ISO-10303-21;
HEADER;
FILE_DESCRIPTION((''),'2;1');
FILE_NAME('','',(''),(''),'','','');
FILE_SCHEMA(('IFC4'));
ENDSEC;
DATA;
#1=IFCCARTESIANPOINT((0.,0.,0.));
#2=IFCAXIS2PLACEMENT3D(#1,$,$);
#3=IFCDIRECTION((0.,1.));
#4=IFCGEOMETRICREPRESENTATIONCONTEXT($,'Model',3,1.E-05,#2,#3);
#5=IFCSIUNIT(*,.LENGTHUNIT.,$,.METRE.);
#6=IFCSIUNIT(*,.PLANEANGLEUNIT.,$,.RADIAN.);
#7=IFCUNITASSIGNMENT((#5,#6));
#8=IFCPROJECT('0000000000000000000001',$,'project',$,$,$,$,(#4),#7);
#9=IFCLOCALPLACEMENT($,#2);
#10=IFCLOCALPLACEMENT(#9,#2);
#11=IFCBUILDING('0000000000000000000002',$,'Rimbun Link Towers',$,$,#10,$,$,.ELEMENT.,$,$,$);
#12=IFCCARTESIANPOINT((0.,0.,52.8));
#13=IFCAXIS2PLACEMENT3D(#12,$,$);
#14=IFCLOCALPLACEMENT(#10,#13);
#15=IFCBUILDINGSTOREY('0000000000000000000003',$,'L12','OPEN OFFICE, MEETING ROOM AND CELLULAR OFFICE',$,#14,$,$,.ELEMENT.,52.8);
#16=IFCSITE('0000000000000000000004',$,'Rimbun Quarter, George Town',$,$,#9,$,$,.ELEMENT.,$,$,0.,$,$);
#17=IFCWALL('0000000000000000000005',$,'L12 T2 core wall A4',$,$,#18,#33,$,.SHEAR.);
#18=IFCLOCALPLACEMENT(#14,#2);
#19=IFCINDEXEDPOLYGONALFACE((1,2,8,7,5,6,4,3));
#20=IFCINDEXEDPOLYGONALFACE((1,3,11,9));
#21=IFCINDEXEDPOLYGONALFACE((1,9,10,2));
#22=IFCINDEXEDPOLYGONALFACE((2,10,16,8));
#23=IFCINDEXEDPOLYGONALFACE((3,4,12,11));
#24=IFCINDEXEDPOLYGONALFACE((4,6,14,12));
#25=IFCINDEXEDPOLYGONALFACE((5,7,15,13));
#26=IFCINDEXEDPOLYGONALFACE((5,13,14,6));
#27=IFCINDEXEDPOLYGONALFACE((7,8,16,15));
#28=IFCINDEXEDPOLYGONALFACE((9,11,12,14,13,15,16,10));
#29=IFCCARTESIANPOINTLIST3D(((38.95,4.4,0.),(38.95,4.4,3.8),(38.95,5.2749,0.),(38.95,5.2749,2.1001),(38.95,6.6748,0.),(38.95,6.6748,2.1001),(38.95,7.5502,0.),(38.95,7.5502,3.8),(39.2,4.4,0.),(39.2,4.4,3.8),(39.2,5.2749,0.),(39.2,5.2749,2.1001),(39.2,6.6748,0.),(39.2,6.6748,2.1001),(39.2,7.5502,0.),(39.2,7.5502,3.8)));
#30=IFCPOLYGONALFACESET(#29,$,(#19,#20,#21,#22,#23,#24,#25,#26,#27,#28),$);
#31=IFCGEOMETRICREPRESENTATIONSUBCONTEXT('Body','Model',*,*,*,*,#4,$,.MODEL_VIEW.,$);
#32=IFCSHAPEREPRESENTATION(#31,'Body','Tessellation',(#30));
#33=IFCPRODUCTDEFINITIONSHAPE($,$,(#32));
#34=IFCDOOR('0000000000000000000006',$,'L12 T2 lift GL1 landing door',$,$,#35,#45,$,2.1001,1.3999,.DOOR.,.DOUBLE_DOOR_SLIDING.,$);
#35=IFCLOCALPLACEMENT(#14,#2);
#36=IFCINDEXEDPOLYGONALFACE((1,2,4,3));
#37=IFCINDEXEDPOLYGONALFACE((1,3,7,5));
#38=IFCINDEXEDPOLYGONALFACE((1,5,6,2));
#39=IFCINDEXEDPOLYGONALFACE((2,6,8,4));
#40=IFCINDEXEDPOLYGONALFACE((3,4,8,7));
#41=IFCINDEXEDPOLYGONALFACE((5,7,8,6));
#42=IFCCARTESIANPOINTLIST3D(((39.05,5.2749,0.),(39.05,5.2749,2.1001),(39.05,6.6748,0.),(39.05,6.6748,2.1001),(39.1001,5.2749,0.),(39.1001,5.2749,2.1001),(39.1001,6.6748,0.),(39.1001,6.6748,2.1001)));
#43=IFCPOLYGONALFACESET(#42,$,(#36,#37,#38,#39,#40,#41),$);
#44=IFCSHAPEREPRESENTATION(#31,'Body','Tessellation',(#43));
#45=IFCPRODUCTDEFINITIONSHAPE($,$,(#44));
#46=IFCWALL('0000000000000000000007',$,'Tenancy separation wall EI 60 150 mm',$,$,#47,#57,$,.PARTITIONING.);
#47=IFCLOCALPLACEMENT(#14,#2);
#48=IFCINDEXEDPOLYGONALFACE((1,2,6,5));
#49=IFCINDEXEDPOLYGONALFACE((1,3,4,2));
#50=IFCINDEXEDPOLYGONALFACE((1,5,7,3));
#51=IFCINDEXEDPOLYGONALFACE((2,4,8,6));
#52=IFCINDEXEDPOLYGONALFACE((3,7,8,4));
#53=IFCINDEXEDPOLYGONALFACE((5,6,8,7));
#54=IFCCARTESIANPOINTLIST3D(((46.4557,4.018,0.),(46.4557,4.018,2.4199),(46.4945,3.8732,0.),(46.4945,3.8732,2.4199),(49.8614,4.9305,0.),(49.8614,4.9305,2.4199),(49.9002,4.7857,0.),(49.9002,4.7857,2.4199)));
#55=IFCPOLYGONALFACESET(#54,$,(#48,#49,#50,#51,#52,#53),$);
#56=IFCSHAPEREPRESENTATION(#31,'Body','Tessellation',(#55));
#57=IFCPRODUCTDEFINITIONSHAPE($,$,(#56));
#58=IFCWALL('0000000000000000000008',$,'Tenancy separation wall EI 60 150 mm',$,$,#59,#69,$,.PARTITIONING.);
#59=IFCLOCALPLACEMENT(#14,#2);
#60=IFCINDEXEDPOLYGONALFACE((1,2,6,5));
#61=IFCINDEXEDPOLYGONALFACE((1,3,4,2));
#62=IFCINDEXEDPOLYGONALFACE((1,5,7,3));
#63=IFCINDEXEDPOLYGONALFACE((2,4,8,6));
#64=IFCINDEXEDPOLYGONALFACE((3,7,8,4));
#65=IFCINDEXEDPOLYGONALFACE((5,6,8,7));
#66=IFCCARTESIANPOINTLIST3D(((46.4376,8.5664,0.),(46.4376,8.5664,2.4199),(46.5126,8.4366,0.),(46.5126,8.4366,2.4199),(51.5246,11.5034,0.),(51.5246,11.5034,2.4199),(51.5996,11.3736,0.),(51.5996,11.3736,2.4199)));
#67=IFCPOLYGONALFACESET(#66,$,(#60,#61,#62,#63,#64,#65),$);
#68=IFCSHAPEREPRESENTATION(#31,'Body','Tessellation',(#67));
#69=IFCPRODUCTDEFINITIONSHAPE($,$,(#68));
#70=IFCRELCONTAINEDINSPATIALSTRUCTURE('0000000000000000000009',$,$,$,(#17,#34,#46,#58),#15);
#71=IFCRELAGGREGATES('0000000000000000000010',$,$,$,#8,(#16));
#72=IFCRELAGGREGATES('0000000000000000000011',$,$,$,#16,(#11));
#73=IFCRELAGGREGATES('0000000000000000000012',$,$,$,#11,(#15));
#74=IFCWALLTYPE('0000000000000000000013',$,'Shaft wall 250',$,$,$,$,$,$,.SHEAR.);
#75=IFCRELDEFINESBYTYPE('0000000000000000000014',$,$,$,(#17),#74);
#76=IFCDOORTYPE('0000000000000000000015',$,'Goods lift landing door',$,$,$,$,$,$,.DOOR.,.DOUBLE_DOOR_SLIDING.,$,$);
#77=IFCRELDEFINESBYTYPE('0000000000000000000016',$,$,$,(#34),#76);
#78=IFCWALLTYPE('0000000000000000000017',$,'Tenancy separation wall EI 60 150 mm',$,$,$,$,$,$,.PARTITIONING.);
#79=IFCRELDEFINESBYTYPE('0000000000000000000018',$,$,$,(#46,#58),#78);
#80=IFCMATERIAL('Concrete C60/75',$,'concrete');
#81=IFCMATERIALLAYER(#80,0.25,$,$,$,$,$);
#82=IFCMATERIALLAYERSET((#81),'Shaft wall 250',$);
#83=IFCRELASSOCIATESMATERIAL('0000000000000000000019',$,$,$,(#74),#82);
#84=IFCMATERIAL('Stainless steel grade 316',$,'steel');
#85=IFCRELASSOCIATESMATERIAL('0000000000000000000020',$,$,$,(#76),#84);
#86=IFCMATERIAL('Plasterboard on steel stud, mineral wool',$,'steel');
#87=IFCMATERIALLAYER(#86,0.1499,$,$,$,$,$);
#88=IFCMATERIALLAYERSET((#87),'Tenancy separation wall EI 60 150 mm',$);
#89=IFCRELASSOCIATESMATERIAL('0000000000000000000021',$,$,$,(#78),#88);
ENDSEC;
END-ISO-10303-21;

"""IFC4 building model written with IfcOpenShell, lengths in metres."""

from ifc_helpers import new_model, si_unit, direction, frame, frame_2d, origin, place, context, subcontext, project, spatial, rectangle, extrude, material, layer, layer_set, type_object, element, fill, save


model = new_model("IFC4")

# Units and contexts
model_context = context("Model", 3, precision=1e-05, world=origin(), true_north=direction((0.0, 1.0)))
body_context = subcontext(model_context, "Body", "Model", "MODEL_VIEW")
ifc_project = project(units=[si_unit("LENGTHUNIT", "METRE"), si_unit("PLANEANGLEUNIT", "RADIAN")], contexts=[model_context])

# Site, building, storey
site_placement = place(None, origin())
site = spatial("IfcSite", under=ifc_project, at=site_placement, Name="Rimbun Quarter, George Town", CompositionType="ELEMENT", RefElevation=0.0)
building_placement = place(site_placement, origin())
building = spatial("IfcBuilding", under=site, at=building_placement, Name="Rimbun Link Towers", CompositionType="ELEMENT")
storey_placement = place(building_placement, frame((0.0, 0.0, 52.8)))
storey = spatial("IfcBuildingStorey", under=building, at=storey_placement, Name="L12", Description="OPEN OFFICE, MEETING ROOM AND CELLULAR OFFICE", CompositionType="ELEMENT", Elevation=52.8)

# Shared definitions
ifc_material_1 = material(Name="Concrete C60/75", Category="concrete")
ifc_layer_1 = layer(ifc_material_1, 0.25)
ifc_layer_set_1 = layer_set([ifc_layer_1], Name="Shaft wall 250")
wall_type_1 = type_object("IfcWallType", Name="Shaft wall 250", PredefinedType="SHEAR", material=ifc_layer_set_1)

# Wall, opening, door
wall_1_placement = place(storey_placement, frame((39.075, 4.3999, 0.0), z_axis=(0.0, 0.0, 1.0), x_axis=(0.0, 1.0, 0.0)))
wall_1 = element("IfcWall", 1, at=wall_1_placement, inside=storey, type_object=wall_type_1, Name="L12 T2 core wall A4", PredefinedType="SHEAR", context=body_context, shape_type="SweptSolid", body=[
    extrude(rectangle(XDim=3.1501, YDim=0.25, at=frame_2d((1.5752, 0.0))), origin(), (0.0, 0.0, 1.0), 3.8),
])
opening_1_placement = place(wall_1_placement, frame((0.875, 0.0, 0.0)))
opening_1 = element("IfcOpeningElement", 2, at=opening_1_placement, cuts=wall_1, PredefinedType="OPENING", context=body_context, shape_type="SweptSolid", body=[
    extrude(rectangle(XDim=1.3999, YDim=2.1001, at=frame_2d((0.7, 1.05))), frame((0.0, 0.135, 0.0), z_axis=(0.0, -1.0, 0.0), x_axis=(1.0, 0.0, 0.0)), (0.0, 0.0, 1.0), 0.27),
])
ifc_material_2 = material(Name="Stainless steel grade 316", Category="steel")
door_type_1 = type_object("IfcDoorType", Name="Goods lift landing door", OperationType="DOUBLE_DOOR_SLIDING", PredefinedType="DOOR", material=ifc_material_2)
door_1_placement = place(opening_1_placement, origin())
door_1 = element("IfcDoor", 3, at=door_1_placement, inside=storey, type_object=door_type_1, Name="L12 T2 lift GL1 landing door", OperationType="DOUBLE_DOOR_SLIDING", OverallHeight=2.1001, OverallWidth=1.3999, PredefinedType="DOOR", context=body_context, shape_type="SweptSolid", body=[
    extrude(rectangle(XDim=1.3999, YDim=2.1001, at=frame_2d((0.7, 1.05))), frame((0.0, 0.0249, 0.0), z_axis=(0.0, -1.0, 0.0), x_axis=(1.0, 0.0, 0.0)), (0.0, 0.0, 1.0), 0.05),
])
fill(opening_1, door_1)

# Walls
ifc_material_3 = material(Name="Plasterboard on steel stud, mineral wool", Category="steel")
ifc_layer_2 = layer(ifc_material_3, 0.1499)
ifc_layer_set_2 = layer_set([ifc_layer_2], Name="Tenancy separation wall EI 60 150 mm")
wall_type_2 = type_object("IfcWallType", Name="Tenancy separation wall EI 60 150 mm", PredefinedType="PARTITIONING", material=ifc_layer_set_2)
wall_2_placement = place(storey_placement, frame((46.4751, 3.9456, 0.0), z_axis=(0.0, 0.0, 1.0), x_axis=(0.965924, 0.258826, 0.0)))
element("IfcWall", 4, at=wall_2_placement, inside=storey, type_object=wall_type_2, Name="Tenancy separation wall EI 60 150 mm", PredefinedType="PARTITIONING", context=body_context, shape_type="SweptSolid", body=[
    extrude(rectangle(XDim=3.5259, YDim=0.1499, at=frame_2d((1.7629, 0.0))), origin(), (0.0, 0.0, 1.0), 2.4199),
])
wall_3_placement = place(storey_placement, frame((46.4751, 8.5015, 0.0), z_axis=(0.0, 0.0, 1.0), x_axis=(0.866019, 0.50001, 0.0)))
element("IfcWall", 5, at=wall_3_placement, inside=storey, type_object=wall_type_2, Name="Tenancy separation wall EI 60 150 mm", PredefinedType="PARTITIONING", context=body_context, shape_type="SweptSolid", body=[
    extrude(rectangle(XDim=5.874, YDim=0.1499, at=frame_2d((2.937, 0.0))), origin(), (0.0, 0.0, 1.0), 2.4199),
])

save(model, "model.ifc")
